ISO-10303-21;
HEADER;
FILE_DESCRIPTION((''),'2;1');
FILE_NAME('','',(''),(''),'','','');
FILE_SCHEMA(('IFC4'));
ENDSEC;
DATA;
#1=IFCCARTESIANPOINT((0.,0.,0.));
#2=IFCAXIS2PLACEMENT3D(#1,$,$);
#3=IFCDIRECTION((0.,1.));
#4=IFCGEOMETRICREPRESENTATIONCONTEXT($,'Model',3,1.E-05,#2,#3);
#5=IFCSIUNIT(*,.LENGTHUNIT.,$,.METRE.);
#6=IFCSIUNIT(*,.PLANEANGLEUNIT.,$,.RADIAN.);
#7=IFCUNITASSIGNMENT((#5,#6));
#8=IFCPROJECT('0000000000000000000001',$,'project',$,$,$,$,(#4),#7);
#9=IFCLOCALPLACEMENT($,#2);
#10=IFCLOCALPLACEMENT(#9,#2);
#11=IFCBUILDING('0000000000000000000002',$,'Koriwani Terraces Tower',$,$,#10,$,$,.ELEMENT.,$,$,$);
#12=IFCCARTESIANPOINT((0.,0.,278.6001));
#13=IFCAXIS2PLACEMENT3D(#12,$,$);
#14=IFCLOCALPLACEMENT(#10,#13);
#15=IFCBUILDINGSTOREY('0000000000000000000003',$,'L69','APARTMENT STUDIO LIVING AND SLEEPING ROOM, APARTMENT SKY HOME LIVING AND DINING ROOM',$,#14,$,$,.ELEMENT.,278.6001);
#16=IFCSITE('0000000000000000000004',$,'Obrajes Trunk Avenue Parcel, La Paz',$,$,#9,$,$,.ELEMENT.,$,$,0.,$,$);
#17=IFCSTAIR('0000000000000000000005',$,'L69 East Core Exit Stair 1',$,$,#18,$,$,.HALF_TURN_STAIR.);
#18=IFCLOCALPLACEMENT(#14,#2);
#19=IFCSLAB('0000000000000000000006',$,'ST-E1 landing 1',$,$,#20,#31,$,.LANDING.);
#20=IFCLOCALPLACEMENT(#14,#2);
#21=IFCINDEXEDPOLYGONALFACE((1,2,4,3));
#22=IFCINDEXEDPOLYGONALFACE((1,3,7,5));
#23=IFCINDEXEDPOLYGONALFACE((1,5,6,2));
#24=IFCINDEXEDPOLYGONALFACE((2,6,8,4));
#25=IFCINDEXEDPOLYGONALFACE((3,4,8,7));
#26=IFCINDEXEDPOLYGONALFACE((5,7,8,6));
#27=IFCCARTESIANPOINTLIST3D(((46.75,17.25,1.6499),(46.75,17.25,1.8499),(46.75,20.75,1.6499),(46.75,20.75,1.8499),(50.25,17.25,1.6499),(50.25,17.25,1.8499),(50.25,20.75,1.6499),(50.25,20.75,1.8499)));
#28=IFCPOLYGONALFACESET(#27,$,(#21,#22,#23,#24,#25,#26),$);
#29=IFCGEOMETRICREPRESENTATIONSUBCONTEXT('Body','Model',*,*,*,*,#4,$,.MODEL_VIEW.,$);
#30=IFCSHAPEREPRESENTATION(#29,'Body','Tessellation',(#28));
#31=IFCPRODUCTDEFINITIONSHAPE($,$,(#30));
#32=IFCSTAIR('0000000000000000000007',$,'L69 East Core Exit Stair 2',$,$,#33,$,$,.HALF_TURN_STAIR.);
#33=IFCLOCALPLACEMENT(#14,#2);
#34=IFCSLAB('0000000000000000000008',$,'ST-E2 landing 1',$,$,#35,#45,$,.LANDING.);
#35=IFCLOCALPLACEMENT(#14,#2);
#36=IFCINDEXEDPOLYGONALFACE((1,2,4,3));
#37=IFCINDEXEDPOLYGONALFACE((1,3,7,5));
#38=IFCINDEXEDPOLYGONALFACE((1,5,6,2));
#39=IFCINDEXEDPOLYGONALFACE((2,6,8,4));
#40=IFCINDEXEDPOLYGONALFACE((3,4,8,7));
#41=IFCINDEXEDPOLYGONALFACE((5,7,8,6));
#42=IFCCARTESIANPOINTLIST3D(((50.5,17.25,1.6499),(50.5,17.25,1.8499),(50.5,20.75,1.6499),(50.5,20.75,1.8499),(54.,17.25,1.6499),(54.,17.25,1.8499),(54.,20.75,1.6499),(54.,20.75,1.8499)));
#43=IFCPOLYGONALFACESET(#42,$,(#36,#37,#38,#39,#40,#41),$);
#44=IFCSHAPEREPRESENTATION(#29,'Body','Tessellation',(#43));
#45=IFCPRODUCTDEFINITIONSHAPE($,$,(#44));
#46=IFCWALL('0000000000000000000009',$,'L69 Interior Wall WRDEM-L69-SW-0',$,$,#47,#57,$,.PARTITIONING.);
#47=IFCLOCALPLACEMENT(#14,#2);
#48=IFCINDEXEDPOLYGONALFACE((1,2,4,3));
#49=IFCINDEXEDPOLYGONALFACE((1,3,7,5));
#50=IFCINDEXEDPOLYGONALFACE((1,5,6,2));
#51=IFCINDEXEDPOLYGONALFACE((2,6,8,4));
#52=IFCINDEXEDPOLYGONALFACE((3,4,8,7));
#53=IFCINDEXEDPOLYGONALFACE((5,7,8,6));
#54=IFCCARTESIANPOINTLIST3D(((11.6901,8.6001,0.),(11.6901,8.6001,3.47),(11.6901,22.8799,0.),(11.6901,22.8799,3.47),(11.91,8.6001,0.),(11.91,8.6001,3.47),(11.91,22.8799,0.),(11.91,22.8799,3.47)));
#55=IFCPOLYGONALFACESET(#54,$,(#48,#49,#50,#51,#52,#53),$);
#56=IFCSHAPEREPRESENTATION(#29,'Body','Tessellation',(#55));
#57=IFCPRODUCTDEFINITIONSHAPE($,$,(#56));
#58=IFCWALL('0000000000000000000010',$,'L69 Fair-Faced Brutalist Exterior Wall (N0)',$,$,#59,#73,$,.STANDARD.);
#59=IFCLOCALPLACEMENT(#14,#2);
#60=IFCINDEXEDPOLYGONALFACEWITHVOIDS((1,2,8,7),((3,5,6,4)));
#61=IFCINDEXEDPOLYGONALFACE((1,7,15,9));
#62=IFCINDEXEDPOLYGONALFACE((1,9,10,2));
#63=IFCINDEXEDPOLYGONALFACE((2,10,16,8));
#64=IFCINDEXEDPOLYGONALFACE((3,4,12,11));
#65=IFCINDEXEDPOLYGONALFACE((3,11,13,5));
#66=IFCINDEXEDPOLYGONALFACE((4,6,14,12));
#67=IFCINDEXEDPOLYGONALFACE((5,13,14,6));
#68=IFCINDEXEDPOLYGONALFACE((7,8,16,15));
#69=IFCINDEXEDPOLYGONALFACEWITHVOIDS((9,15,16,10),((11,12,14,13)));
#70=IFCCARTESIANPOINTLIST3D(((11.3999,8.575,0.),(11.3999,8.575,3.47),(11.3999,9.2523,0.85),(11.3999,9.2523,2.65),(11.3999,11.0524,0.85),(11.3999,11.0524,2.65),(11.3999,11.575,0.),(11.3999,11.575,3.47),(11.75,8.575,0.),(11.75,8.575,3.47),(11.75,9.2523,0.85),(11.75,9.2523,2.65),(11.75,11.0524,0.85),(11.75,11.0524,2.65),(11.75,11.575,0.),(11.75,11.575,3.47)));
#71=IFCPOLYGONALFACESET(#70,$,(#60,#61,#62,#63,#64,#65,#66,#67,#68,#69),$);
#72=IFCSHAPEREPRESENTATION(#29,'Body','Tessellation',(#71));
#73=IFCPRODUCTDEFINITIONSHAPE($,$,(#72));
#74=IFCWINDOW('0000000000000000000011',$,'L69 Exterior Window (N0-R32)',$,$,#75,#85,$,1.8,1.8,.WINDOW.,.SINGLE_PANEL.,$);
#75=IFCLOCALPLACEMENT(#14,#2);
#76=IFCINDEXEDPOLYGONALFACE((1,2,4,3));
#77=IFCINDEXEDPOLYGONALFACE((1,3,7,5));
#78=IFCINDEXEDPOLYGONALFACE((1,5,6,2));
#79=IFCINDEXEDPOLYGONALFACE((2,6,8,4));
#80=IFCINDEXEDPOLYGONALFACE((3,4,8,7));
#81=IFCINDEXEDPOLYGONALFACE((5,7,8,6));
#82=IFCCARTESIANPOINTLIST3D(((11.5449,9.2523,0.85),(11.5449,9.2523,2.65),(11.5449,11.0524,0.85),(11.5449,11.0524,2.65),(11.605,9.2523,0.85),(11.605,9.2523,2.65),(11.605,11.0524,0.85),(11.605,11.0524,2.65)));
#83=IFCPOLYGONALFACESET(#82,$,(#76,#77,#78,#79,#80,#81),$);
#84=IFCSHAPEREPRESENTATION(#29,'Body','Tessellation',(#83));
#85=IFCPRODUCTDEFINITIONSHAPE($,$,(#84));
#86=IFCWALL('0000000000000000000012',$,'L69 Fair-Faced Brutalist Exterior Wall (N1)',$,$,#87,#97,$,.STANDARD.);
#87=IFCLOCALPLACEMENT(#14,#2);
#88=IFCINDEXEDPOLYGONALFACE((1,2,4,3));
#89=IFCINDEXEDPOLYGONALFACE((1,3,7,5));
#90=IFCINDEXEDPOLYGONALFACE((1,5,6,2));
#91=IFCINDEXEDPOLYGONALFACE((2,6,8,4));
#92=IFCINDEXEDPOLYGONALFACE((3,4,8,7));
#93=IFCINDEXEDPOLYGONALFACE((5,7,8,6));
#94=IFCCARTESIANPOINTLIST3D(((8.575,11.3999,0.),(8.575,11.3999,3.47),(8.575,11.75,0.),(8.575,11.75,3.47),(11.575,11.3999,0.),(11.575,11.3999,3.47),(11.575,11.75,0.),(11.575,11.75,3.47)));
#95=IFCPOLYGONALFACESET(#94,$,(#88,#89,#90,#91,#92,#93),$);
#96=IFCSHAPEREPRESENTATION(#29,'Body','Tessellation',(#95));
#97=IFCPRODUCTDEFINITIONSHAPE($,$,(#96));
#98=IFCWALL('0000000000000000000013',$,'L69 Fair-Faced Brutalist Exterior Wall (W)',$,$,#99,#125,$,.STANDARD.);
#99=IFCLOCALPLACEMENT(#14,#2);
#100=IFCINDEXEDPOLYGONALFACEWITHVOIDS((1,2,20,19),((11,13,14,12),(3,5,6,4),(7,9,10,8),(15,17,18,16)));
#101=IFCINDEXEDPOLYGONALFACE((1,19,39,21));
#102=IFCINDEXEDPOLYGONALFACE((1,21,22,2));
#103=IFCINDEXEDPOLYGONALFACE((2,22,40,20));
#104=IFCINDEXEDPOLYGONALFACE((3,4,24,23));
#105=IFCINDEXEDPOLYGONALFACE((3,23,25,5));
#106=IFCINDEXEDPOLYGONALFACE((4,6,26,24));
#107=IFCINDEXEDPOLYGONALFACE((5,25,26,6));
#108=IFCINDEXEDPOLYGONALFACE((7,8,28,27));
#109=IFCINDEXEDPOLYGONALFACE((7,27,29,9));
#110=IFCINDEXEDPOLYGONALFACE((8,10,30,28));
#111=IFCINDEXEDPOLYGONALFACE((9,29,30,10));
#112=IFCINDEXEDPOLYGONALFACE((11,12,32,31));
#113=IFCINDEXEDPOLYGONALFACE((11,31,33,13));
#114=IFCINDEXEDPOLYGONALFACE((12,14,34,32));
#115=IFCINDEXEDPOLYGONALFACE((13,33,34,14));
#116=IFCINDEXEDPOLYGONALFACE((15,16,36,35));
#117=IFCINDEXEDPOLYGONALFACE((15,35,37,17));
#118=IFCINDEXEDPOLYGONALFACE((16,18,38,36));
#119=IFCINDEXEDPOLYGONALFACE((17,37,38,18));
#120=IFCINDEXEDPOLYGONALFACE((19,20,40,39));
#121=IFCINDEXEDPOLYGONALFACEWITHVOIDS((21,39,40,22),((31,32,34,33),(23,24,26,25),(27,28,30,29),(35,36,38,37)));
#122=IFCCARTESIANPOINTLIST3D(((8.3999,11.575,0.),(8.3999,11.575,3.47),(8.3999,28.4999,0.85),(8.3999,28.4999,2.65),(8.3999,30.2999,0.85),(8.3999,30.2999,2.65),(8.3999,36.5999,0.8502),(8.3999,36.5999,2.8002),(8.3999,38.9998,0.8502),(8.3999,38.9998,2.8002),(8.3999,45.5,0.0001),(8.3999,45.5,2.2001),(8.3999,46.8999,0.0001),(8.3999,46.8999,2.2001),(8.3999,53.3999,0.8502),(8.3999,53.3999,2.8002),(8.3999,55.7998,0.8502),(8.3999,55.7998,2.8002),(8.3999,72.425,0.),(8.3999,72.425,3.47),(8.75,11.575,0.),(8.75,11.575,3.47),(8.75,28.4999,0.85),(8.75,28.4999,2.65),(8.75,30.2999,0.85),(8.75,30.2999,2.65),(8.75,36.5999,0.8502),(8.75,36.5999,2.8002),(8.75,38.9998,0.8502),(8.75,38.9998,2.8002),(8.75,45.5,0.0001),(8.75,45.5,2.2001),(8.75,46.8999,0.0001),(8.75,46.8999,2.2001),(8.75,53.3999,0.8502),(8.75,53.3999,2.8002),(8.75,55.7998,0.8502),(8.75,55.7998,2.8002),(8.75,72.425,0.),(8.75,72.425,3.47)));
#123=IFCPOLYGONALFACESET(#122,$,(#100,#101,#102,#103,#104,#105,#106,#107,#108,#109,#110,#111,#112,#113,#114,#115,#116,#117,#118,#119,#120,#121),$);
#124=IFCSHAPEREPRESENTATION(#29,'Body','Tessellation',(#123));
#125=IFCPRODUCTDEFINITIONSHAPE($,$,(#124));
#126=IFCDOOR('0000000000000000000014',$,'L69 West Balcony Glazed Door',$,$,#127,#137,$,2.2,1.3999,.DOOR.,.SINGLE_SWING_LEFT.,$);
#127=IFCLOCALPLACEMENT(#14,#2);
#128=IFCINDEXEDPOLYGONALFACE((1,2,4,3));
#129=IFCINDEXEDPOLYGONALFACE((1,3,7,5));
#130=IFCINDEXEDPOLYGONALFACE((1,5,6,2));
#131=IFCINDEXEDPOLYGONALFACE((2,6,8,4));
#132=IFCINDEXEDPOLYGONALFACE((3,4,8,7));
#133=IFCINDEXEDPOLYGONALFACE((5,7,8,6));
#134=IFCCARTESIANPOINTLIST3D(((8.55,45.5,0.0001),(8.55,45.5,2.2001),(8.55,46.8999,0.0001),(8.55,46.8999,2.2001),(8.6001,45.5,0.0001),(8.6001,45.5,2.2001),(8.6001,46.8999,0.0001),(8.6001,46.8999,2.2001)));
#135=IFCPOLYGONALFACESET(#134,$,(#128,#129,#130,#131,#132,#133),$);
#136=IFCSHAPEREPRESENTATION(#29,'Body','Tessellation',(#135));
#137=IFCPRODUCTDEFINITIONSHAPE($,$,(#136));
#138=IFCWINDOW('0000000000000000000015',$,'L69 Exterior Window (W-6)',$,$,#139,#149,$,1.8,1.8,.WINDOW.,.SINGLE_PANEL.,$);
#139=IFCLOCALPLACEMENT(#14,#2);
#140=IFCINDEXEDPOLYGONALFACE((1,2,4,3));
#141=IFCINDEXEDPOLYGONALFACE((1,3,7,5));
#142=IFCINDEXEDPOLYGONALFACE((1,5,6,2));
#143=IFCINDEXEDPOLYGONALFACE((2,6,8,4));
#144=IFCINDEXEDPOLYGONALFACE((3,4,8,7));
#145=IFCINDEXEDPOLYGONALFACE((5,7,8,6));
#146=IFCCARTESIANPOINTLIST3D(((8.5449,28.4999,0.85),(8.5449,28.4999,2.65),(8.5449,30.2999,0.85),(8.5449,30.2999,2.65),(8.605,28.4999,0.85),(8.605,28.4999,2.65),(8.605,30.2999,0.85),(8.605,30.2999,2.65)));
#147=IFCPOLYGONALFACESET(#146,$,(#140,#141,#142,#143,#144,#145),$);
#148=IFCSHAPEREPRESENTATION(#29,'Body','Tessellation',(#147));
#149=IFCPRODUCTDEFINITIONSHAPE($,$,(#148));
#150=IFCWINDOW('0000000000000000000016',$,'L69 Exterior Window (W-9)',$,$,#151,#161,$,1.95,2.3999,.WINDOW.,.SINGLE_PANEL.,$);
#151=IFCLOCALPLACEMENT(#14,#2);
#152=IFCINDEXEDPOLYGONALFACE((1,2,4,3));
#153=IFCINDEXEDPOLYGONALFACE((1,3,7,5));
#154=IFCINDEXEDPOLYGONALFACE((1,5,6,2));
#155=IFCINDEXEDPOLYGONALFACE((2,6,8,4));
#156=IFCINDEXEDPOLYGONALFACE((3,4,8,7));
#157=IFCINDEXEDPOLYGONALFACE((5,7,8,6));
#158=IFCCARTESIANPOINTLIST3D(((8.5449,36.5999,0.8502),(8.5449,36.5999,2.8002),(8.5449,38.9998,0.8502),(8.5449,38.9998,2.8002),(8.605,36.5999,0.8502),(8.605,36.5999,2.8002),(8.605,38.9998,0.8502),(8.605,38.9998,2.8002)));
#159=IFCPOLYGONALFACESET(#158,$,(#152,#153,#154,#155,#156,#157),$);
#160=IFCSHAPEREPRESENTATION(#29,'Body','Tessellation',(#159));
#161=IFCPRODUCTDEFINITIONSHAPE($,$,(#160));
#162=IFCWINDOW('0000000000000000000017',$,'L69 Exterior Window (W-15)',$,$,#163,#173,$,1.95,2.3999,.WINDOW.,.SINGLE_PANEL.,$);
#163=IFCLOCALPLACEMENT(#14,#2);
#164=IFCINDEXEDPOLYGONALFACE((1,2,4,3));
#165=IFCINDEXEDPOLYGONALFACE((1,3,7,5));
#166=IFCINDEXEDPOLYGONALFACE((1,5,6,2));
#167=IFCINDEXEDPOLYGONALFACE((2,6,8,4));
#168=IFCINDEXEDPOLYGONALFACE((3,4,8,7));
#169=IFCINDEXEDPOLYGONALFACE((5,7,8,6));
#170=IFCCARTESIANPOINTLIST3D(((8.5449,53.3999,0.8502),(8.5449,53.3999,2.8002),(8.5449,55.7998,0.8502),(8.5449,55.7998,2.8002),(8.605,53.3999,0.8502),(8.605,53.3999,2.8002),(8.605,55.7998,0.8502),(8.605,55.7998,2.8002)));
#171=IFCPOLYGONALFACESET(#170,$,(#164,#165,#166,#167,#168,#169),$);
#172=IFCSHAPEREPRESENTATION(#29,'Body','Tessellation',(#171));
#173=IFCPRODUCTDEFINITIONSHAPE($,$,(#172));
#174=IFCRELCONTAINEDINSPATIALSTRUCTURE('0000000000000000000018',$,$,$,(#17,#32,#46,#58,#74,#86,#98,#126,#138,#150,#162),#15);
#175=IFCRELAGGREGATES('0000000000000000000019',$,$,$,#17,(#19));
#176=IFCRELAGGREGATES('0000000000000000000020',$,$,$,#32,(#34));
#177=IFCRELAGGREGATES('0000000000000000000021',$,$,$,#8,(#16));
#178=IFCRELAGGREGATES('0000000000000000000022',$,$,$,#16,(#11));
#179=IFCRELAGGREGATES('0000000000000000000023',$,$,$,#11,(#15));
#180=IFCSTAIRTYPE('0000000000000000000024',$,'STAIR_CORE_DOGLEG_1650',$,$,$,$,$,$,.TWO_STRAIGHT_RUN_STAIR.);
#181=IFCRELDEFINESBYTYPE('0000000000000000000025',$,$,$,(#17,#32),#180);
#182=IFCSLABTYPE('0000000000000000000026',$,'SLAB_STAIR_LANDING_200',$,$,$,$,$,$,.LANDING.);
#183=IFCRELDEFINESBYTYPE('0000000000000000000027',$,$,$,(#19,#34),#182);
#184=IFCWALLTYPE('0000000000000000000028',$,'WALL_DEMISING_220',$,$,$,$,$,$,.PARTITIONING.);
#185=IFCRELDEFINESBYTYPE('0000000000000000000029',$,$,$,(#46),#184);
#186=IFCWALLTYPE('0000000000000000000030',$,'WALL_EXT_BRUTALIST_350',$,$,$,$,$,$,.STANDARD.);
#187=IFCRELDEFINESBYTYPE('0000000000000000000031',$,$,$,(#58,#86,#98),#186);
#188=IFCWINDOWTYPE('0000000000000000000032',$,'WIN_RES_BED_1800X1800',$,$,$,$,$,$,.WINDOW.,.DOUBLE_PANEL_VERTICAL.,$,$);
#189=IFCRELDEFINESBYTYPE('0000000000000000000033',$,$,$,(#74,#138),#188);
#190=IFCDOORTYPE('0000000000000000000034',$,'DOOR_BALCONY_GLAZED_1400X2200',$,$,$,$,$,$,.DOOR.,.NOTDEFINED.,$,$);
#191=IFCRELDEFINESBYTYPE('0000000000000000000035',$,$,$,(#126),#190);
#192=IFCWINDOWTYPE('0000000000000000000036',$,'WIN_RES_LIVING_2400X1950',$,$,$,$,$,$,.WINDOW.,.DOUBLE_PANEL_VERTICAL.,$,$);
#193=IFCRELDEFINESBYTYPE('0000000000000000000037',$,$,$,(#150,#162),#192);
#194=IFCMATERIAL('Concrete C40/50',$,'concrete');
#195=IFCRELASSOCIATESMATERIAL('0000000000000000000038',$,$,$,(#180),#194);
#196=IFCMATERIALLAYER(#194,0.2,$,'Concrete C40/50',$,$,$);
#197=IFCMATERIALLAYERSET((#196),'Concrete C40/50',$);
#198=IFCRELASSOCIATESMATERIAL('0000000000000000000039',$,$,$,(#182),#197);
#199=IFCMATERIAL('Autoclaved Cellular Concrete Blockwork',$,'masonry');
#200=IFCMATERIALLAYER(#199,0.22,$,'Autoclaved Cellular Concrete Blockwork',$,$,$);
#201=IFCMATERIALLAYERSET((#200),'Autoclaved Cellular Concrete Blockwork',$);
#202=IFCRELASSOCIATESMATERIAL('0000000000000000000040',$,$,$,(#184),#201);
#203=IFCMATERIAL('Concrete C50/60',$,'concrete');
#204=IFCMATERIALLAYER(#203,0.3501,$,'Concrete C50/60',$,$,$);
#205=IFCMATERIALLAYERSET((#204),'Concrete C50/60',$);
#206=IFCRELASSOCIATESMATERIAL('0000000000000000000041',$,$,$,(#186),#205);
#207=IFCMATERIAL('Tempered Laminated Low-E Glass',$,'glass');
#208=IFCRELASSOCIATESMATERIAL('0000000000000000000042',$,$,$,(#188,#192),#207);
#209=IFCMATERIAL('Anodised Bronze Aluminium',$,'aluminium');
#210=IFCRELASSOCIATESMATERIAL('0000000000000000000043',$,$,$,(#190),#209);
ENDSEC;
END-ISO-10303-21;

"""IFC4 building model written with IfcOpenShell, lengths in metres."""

from ifc_helpers import new_model, si_unit, direction, frame, frame_2d, origin, place, context, subcontext, project, spatial, polyline, rectangle, outline, extrude, material, layer, layer_set, type_object, element, fill, aggregate, save


model = new_model("IFC4")

# Units and contexts
model_context = context("Model", 3, precision=1e-05, world=origin(), true_north=direction((0.0, 1.0)))
body_context = subcontext(model_context, "Body", "Model", "MODEL_VIEW")
ifc_project = project(units=[si_unit("LENGTHUNIT", "METRE"), si_unit("PLANEANGLEUNIT", "RADIAN")], contexts=[model_context])

# Site, building, storey
site_placement = place(None, origin())
site = spatial("IfcSite", under=ifc_project, at=site_placement, Name="Obrajes Trunk Avenue Parcel, La Paz", CompositionType="ELEMENT", RefElevation=0.0)
building_placement = place(site_placement, origin())
building = spatial("IfcBuilding", under=site, at=building_placement, Name="Koriwani Terraces Tower", CompositionType="ELEMENT")
storey_placement = place(building_placement, frame((0.0, 0.0, 278.6001)))
storey = spatial("IfcBuildingStorey", under=building, at=storey_placement, Name="L69", Description="APARTMENT STUDIO LIVING AND SLEEPING ROOM, APARTMENT SKY HOME LIVING AND DINING ROOM", CompositionType="ELEMENT", Elevation=278.6001)

# Shared definitions
ifc_material_1 = material(Name="Concrete C50/60", Category="concrete")

# Shared definitions
ifc_material_2 = material(Name="Concrete C40/50", Category="concrete")

# Stairs, slabs
stair_type = type_object("IfcStairType", Name="STAIR_CORE_DOGLEG_1650", PredefinedType="TWO_STRAIGHT_RUN_STAIR", material=ifc_material_2)
ifc_layer_1 = layer(ifc_material_2, 0.2, Name="Concrete C40/50")
ifc_layer_set_1 = layer_set([ifc_layer_1], Name="Concrete C40/50")
slab_type_1 = type_object("IfcSlabType", Name="SLAB_STAIR_LANDING_200", PredefinedType="LANDING", material=ifc_layer_set_1)
stair_1_placement = place(storey_placement, origin())
stair_1 = element("IfcStair", 1, at=stair_1_placement, inside=storey, type_object=stair_type, Name="L69 East Core Exit Stair 1", PredefinedType="HALF_TURN_STAIR")
slab_1_placement = place(storey_placement, frame((0.0, 0.0, 1.6499)))
slab_1 = element("IfcSlab", 2, at=slab_1_placement, type_object=slab_type_1, Name="ST-E1 landing 1", PredefinedType="LANDING", context=body_context, shape_type="SweptSolid", body=[
    extrude(outline(polyline([(46.75, 17.25), (50.25, 17.25), (50.25, 20.75), (46.75, 20.75), (46.75, 17.25)])), origin(), (0.0, 0.0, 1.0), 0.2),
])
aggregate(stair_1, [slab_1])
stair_2_placement = place(storey_placement, origin())
stair_2 = element("IfcStair", 3, at=stair_2_placement, inside=storey, type_object=stair_type, Name="L69 East Core Exit Stair 2", PredefinedType="HALF_TURN_STAIR")
slab_2_placement = place(storey_placement, frame((0.0, 0.0, 1.6499)))
slab_2 = element("IfcSlab", 4, at=slab_2_placement, type_object=slab_type_1, Name="ST-E2 landing 1", PredefinedType="LANDING", context=body_context, shape_type="SweptSolid", body=[
    extrude(outline(polyline([(54.0, 20.75), (50.5, 20.75), (50.5, 17.25), (54.0, 17.25), (54.0, 20.75)])), origin(), (0.0, 0.0, 1.0), 0.2),
])
aggregate(stair_2, [slab_2])

# Wall
ifc_material_3 = material(Name="Autoclaved Cellular Concrete Blockwork", Category="masonry")
ifc_layer_2 = layer(ifc_material_3, 0.22, Name="Autoclaved Cellular Concrete Blockwork")
ifc_layer_set_2 = layer_set([ifc_layer_2], Name="Autoclaved Cellular Concrete Blockwork")
wall_type_1 = type_object("IfcWallType", Name="WALL_DEMISING_220", PredefinedType="PARTITIONING", material=ifc_layer_set_2)
wall_1_placement = place(storey_placement, frame((11.8, 8.6001, 0.0), z_axis=(0.0, 0.0, 1.0), x_axis=(0.0, 1.0, 0.0)))
element("IfcWall", 5, at=wall_1_placement, inside=storey, type_object=wall_type_1, Name="L69 Interior Wall WRDEM-L69-SW-0", PredefinedType="PARTITIONING", context=body_context, shape_type="SweptSolid", body=[
    extrude(rectangle(XDim=14.2798, YDim=0.22, at=frame_2d((7.1399, 0.0))), origin(), (0.0, 0.0, 1.0), 3.47),
])

# Wall, opening, window
ifc_layer_3 = layer(ifc_material_1, 0.3501, Name="Concrete C50/60")
ifc_layer_set_3 = layer_set([ifc_layer_3], Name="Concrete C50/60")
wall_type_2 = type_object("IfcWallType", Name="WALL_EXT_BRUTALIST_350", PredefinedType="STANDARD", material=ifc_layer_set_3)
wall_2_placement = place(storey_placement, frame((11.575, 8.575, 0.0), z_axis=(0.0, 0.0, 1.0), x_axis=(0.0, 1.0, 0.0)))
wall_2 = element("IfcWall", 6, at=wall_2_placement, inside=storey, type_object=wall_type_2, Name="L69 Fair-Faced Brutalist Exterior Wall (N0)", PredefinedType="STANDARD", context=body_context, shape_type="SweptSolid", body=[
    extrude(rectangle(XDim=3.0, YDim=0.3501, at=frame_2d((1.5, 0.0))), origin(), (0.0, 0.0, 1.0), 3.47),
])
opening_1_placement = place(wall_2_placement, frame((0.6775, 0.0, 0.8501)))
opening_1 = element("IfcOpeningElement", 7, at=opening_1_placement, cuts=wall_2, PredefinedType="OPENING", context=body_context, shape_type="SweptSolid", body=[
    extrude(rectangle(XDim=1.8, YDim=1.8, at=frame_2d((0.8999, 0.8999))), frame((0.0, 0.1851, 0.0), z_axis=(0.0, -1.0, 0.0), x_axis=(1.0, 0.0, 0.0)), (0.0, 0.0, 1.0), 0.3701),
])
ifc_material_4 = material(Name="Tempered Laminated Low-E Glass", Category="glass")
window_type_1 = type_object("IfcWindowType", Name="WIN_RES_BED_1800X1800", PartitioningType="DOUBLE_PANEL_VERTICAL", PredefinedType="WINDOW", material=ifc_material_4)
window_1_placement = place(opening_1_placement, origin())
window_1 = element("IfcWindow", 8, at=window_1_placement, inside=storey, type_object=window_type_1, Name="L69 Exterior Window (N0-R32)", OverallHeight=1.8, OverallWidth=1.8, PartitioningType="SINGLE_PANEL", PredefinedType="WINDOW", context=body_context, shape_type="SweptSolid", body=[
    extrude(rectangle(XDim=1.8, YDim=1.8, at=frame_2d((0.8999, 0.8999))), frame((0.0, 0.03, 0.0), z_axis=(0.0, -1.0, 0.0), x_axis=(1.0, 0.0, 0.0)), (0.0, 0.0, 1.0), 0.0601),
])
fill(opening_1, window_1)

# Wall
wall_3_placement = place(storey_placement, frame((11.575, 11.575, 0.0), z_axis=(0.0, 0.0, 1.0), x_axis=(-1.0, 0.0, 0.0)))
element("IfcWall", 9, at=wall_3_placement, inside=storey, type_object=wall_type_2, Name="L69 Fair-Faced Brutalist Exterior Wall (N1)", PredefinedType="STANDARD", context=body_context, shape_type="SweptSolid", body=[
    extrude(rectangle(XDim=3.0, YDim=0.3501, at=frame_2d((1.5, 0.0))), origin(), (0.0, 0.0, 1.0), 3.47),
])

# Wall, openings, door, windows
wall_4_placement = place(storey_placement, frame((8.575, 11.575, 0.0), z_axis=(0.0, 0.0, 1.0), x_axis=(0.0, 1.0, 0.0)))
wall_4 = element("IfcWall", 10, at=wall_4_placement, inside=storey, type_object=wall_type_2, Name="L69 Fair-Faced Brutalist Exterior Wall (W)", PredefinedType="STANDARD", context=body_context, shape_type="SweptSolid", body=[
    extrude(rectangle(XDim=60.8501, YDim=0.3501, at=frame_2d((30.425, 0.0))), origin(), (0.0, 0.0, 1.0), 3.47),
])
opening_2_placement = place(wall_4_placement, frame((33.925, 0.0, 0.0)))
opening_2 = element("IfcOpeningElement", 11, at=opening_2_placement, cuts=wall_4, PredefinedType="OPENING", context=body_context, shape_type="SweptSolid", body=[
    extrude(rectangle(XDim=1.3999, YDim=2.2, at=frame_2d((0.7, 1.1001))), frame((0.0, 0.1851, 0.0), z_axis=(0.0, -1.0, 0.0), x_axis=(1.0, 0.0, 0.0)), (0.0, 0.0, 1.0), 0.3701),
])
opening_3_placement = place(wall_4_placement, frame((16.925, 0.0, 0.8501)))
opening_3 = element("IfcOpeningElement", 12, at=opening_3_placement, cuts=wall_4, PredefinedType="OPENING", context=body_context, shape_type="SweptSolid", body=[
    extrude(rectangle(XDim=1.8, YDim=1.8, at=frame_2d((0.8999, 0.8999))), frame((0.0, 0.1851, 0.0), z_axis=(0.0, -1.0, 0.0), x_axis=(1.0, 0.0, 0.0)), (0.0, 0.0, 1.0), 0.3701),
])
opening_4_placement = place(wall_4_placement, frame((25.0249, 0.0, 0.8501)))
opening_4 = element("IfcOpeningElement", 13, at=opening_4_placement, cuts=wall_4, PredefinedType="OPENING", context=body_context, shape_type="SweptSolid", body=[
    extrude(rectangle(XDim=2.3999, YDim=1.95, at=frame_2d((1.2, 0.9751))), frame((0.0, 0.1851, 0.0), z_axis=(0.0, -1.0, 0.0), x_axis=(1.0, 0.0, 0.0)), (0.0, 0.0, 1.0), 0.3701),
])
opening_5_placement = place(wall_4_placement, frame((41.825, 0.0, 0.8501)))
opening_5 = element("IfcOpeningElement", 14, at=opening_5_placement, cuts=wall_4, PredefinedType="OPENING", context=body_context, shape_type="SweptSolid", body=[
    extrude(rectangle(XDim=2.3999, YDim=1.95, at=frame_2d((1.2, 0.9751))), frame((0.0, 0.1851, 0.0), z_axis=(0.0, -1.0, 0.0), x_axis=(1.0, 0.0, 0.0)), (0.0, 0.0, 1.0), 0.3701),
])
ifc_material_5 = material(Name="Anodised Bronze Aluminium", Category="aluminium")
door_type_1 = type_object("IfcDoorType", Name="DOOR_BALCONY_GLAZED_1400X2200", OperationType="NOTDEFINED", PredefinedType="DOOR", material=ifc_material_5)
door_1_placement = place(opening_2_placement, origin())
door_1 = element("IfcDoor", 15, at=door_1_placement, inside=storey, type_object=door_type_1, Name="L69 West Balcony Glazed Door", OperationType="SINGLE_SWING_LEFT", OverallHeight=2.2, OverallWidth=1.3999, PredefinedType="DOOR", context=body_context, shape_type="SweptSolid", body=[
    extrude(rectangle(XDim=1.3999, YDim=2.2, at=frame_2d((0.7, 1.1001))), frame((0.0, 0.0249, 0.0), z_axis=(0.0, -1.0, 0.0), x_axis=(1.0, 0.0, 0.0)), (0.0, 0.0, 1.0), 0.05),
])
fill(opening_2, door_1)
window_2_placement = place(opening_3_placement, origin())
window_2 = element("IfcWindow", 16, at=window_2_placement, inside=storey, type_object=window_type_1, Name="L69 Exterior Window (W-6)", OverallHeight=1.8, OverallWidth=1.8, PartitioningType="SINGLE_PANEL", PredefinedType="WINDOW", context=body_context, shape_type="SweptSolid", body=[
    extrude(rectangle(XDim=1.8, YDim=1.8, at=frame_2d((0.8999, 0.8999))), frame((0.0, 0.03, 0.0), z_axis=(0.0, -1.0, 0.0), x_axis=(1.0, 0.0, 0.0)), (0.0, 0.0, 1.0), 0.0601),
])
fill(opening_3, window_2)
window_type_2 = type_object("IfcWindowType", Name="WIN_RES_LIVING_2400X1950", PartitioningType="DOUBLE_PANEL_VERTICAL", PredefinedType="WINDOW", material=ifc_material_4)
window_3_placement = place(opening_4_placement, origin())
window_3 = element("IfcWindow", 17, at=window_3_placement, inside=storey, type_object=window_type_2, Name="L69 Exterior Window (W-9)", OverallHeight=1.95, OverallWidth=2.3999, PartitioningType="SINGLE_PANEL", PredefinedType="WINDOW", context=body_context, shape_type="SweptSolid", body=[
    extrude(rectangle(XDim=2.3999, YDim=1.95, at=frame_2d((1.2, 0.9751))), frame((0.0, 0.03, 0.0), z_axis=(0.0, -1.0, 0.0), x_axis=(1.0, 0.0, 0.0)), (0.0, 0.0, 1.0), 0.0601),
])
fill(opening_4, window_3)
window_4_placement = place(opening_5_placement, origin())
window_4 = element("IfcWindow", 18, at=window_4_placement, inside=storey, type_object=window_type_2, Name="L69 Exterior Window (W-15)", OverallHeight=1.95, OverallWidth=2.3999, PartitioningType="SINGLE_PANEL", PredefinedType="WINDOW", context=body_context, shape_type="SweptSolid", body=[
    extrude(rectangle(XDim=2.3999, YDim=1.95, at=frame_2d((1.2, 0.9751))), frame((0.0, 0.03, 0.0), z_axis=(0.0, -1.0, 0.0), x_axis=(1.0, 0.0, 0.0)), (0.0, 0.0, 1.0), 0.0601),
])
fill(opening_5, window_4)

save(model, "model.ifc")
